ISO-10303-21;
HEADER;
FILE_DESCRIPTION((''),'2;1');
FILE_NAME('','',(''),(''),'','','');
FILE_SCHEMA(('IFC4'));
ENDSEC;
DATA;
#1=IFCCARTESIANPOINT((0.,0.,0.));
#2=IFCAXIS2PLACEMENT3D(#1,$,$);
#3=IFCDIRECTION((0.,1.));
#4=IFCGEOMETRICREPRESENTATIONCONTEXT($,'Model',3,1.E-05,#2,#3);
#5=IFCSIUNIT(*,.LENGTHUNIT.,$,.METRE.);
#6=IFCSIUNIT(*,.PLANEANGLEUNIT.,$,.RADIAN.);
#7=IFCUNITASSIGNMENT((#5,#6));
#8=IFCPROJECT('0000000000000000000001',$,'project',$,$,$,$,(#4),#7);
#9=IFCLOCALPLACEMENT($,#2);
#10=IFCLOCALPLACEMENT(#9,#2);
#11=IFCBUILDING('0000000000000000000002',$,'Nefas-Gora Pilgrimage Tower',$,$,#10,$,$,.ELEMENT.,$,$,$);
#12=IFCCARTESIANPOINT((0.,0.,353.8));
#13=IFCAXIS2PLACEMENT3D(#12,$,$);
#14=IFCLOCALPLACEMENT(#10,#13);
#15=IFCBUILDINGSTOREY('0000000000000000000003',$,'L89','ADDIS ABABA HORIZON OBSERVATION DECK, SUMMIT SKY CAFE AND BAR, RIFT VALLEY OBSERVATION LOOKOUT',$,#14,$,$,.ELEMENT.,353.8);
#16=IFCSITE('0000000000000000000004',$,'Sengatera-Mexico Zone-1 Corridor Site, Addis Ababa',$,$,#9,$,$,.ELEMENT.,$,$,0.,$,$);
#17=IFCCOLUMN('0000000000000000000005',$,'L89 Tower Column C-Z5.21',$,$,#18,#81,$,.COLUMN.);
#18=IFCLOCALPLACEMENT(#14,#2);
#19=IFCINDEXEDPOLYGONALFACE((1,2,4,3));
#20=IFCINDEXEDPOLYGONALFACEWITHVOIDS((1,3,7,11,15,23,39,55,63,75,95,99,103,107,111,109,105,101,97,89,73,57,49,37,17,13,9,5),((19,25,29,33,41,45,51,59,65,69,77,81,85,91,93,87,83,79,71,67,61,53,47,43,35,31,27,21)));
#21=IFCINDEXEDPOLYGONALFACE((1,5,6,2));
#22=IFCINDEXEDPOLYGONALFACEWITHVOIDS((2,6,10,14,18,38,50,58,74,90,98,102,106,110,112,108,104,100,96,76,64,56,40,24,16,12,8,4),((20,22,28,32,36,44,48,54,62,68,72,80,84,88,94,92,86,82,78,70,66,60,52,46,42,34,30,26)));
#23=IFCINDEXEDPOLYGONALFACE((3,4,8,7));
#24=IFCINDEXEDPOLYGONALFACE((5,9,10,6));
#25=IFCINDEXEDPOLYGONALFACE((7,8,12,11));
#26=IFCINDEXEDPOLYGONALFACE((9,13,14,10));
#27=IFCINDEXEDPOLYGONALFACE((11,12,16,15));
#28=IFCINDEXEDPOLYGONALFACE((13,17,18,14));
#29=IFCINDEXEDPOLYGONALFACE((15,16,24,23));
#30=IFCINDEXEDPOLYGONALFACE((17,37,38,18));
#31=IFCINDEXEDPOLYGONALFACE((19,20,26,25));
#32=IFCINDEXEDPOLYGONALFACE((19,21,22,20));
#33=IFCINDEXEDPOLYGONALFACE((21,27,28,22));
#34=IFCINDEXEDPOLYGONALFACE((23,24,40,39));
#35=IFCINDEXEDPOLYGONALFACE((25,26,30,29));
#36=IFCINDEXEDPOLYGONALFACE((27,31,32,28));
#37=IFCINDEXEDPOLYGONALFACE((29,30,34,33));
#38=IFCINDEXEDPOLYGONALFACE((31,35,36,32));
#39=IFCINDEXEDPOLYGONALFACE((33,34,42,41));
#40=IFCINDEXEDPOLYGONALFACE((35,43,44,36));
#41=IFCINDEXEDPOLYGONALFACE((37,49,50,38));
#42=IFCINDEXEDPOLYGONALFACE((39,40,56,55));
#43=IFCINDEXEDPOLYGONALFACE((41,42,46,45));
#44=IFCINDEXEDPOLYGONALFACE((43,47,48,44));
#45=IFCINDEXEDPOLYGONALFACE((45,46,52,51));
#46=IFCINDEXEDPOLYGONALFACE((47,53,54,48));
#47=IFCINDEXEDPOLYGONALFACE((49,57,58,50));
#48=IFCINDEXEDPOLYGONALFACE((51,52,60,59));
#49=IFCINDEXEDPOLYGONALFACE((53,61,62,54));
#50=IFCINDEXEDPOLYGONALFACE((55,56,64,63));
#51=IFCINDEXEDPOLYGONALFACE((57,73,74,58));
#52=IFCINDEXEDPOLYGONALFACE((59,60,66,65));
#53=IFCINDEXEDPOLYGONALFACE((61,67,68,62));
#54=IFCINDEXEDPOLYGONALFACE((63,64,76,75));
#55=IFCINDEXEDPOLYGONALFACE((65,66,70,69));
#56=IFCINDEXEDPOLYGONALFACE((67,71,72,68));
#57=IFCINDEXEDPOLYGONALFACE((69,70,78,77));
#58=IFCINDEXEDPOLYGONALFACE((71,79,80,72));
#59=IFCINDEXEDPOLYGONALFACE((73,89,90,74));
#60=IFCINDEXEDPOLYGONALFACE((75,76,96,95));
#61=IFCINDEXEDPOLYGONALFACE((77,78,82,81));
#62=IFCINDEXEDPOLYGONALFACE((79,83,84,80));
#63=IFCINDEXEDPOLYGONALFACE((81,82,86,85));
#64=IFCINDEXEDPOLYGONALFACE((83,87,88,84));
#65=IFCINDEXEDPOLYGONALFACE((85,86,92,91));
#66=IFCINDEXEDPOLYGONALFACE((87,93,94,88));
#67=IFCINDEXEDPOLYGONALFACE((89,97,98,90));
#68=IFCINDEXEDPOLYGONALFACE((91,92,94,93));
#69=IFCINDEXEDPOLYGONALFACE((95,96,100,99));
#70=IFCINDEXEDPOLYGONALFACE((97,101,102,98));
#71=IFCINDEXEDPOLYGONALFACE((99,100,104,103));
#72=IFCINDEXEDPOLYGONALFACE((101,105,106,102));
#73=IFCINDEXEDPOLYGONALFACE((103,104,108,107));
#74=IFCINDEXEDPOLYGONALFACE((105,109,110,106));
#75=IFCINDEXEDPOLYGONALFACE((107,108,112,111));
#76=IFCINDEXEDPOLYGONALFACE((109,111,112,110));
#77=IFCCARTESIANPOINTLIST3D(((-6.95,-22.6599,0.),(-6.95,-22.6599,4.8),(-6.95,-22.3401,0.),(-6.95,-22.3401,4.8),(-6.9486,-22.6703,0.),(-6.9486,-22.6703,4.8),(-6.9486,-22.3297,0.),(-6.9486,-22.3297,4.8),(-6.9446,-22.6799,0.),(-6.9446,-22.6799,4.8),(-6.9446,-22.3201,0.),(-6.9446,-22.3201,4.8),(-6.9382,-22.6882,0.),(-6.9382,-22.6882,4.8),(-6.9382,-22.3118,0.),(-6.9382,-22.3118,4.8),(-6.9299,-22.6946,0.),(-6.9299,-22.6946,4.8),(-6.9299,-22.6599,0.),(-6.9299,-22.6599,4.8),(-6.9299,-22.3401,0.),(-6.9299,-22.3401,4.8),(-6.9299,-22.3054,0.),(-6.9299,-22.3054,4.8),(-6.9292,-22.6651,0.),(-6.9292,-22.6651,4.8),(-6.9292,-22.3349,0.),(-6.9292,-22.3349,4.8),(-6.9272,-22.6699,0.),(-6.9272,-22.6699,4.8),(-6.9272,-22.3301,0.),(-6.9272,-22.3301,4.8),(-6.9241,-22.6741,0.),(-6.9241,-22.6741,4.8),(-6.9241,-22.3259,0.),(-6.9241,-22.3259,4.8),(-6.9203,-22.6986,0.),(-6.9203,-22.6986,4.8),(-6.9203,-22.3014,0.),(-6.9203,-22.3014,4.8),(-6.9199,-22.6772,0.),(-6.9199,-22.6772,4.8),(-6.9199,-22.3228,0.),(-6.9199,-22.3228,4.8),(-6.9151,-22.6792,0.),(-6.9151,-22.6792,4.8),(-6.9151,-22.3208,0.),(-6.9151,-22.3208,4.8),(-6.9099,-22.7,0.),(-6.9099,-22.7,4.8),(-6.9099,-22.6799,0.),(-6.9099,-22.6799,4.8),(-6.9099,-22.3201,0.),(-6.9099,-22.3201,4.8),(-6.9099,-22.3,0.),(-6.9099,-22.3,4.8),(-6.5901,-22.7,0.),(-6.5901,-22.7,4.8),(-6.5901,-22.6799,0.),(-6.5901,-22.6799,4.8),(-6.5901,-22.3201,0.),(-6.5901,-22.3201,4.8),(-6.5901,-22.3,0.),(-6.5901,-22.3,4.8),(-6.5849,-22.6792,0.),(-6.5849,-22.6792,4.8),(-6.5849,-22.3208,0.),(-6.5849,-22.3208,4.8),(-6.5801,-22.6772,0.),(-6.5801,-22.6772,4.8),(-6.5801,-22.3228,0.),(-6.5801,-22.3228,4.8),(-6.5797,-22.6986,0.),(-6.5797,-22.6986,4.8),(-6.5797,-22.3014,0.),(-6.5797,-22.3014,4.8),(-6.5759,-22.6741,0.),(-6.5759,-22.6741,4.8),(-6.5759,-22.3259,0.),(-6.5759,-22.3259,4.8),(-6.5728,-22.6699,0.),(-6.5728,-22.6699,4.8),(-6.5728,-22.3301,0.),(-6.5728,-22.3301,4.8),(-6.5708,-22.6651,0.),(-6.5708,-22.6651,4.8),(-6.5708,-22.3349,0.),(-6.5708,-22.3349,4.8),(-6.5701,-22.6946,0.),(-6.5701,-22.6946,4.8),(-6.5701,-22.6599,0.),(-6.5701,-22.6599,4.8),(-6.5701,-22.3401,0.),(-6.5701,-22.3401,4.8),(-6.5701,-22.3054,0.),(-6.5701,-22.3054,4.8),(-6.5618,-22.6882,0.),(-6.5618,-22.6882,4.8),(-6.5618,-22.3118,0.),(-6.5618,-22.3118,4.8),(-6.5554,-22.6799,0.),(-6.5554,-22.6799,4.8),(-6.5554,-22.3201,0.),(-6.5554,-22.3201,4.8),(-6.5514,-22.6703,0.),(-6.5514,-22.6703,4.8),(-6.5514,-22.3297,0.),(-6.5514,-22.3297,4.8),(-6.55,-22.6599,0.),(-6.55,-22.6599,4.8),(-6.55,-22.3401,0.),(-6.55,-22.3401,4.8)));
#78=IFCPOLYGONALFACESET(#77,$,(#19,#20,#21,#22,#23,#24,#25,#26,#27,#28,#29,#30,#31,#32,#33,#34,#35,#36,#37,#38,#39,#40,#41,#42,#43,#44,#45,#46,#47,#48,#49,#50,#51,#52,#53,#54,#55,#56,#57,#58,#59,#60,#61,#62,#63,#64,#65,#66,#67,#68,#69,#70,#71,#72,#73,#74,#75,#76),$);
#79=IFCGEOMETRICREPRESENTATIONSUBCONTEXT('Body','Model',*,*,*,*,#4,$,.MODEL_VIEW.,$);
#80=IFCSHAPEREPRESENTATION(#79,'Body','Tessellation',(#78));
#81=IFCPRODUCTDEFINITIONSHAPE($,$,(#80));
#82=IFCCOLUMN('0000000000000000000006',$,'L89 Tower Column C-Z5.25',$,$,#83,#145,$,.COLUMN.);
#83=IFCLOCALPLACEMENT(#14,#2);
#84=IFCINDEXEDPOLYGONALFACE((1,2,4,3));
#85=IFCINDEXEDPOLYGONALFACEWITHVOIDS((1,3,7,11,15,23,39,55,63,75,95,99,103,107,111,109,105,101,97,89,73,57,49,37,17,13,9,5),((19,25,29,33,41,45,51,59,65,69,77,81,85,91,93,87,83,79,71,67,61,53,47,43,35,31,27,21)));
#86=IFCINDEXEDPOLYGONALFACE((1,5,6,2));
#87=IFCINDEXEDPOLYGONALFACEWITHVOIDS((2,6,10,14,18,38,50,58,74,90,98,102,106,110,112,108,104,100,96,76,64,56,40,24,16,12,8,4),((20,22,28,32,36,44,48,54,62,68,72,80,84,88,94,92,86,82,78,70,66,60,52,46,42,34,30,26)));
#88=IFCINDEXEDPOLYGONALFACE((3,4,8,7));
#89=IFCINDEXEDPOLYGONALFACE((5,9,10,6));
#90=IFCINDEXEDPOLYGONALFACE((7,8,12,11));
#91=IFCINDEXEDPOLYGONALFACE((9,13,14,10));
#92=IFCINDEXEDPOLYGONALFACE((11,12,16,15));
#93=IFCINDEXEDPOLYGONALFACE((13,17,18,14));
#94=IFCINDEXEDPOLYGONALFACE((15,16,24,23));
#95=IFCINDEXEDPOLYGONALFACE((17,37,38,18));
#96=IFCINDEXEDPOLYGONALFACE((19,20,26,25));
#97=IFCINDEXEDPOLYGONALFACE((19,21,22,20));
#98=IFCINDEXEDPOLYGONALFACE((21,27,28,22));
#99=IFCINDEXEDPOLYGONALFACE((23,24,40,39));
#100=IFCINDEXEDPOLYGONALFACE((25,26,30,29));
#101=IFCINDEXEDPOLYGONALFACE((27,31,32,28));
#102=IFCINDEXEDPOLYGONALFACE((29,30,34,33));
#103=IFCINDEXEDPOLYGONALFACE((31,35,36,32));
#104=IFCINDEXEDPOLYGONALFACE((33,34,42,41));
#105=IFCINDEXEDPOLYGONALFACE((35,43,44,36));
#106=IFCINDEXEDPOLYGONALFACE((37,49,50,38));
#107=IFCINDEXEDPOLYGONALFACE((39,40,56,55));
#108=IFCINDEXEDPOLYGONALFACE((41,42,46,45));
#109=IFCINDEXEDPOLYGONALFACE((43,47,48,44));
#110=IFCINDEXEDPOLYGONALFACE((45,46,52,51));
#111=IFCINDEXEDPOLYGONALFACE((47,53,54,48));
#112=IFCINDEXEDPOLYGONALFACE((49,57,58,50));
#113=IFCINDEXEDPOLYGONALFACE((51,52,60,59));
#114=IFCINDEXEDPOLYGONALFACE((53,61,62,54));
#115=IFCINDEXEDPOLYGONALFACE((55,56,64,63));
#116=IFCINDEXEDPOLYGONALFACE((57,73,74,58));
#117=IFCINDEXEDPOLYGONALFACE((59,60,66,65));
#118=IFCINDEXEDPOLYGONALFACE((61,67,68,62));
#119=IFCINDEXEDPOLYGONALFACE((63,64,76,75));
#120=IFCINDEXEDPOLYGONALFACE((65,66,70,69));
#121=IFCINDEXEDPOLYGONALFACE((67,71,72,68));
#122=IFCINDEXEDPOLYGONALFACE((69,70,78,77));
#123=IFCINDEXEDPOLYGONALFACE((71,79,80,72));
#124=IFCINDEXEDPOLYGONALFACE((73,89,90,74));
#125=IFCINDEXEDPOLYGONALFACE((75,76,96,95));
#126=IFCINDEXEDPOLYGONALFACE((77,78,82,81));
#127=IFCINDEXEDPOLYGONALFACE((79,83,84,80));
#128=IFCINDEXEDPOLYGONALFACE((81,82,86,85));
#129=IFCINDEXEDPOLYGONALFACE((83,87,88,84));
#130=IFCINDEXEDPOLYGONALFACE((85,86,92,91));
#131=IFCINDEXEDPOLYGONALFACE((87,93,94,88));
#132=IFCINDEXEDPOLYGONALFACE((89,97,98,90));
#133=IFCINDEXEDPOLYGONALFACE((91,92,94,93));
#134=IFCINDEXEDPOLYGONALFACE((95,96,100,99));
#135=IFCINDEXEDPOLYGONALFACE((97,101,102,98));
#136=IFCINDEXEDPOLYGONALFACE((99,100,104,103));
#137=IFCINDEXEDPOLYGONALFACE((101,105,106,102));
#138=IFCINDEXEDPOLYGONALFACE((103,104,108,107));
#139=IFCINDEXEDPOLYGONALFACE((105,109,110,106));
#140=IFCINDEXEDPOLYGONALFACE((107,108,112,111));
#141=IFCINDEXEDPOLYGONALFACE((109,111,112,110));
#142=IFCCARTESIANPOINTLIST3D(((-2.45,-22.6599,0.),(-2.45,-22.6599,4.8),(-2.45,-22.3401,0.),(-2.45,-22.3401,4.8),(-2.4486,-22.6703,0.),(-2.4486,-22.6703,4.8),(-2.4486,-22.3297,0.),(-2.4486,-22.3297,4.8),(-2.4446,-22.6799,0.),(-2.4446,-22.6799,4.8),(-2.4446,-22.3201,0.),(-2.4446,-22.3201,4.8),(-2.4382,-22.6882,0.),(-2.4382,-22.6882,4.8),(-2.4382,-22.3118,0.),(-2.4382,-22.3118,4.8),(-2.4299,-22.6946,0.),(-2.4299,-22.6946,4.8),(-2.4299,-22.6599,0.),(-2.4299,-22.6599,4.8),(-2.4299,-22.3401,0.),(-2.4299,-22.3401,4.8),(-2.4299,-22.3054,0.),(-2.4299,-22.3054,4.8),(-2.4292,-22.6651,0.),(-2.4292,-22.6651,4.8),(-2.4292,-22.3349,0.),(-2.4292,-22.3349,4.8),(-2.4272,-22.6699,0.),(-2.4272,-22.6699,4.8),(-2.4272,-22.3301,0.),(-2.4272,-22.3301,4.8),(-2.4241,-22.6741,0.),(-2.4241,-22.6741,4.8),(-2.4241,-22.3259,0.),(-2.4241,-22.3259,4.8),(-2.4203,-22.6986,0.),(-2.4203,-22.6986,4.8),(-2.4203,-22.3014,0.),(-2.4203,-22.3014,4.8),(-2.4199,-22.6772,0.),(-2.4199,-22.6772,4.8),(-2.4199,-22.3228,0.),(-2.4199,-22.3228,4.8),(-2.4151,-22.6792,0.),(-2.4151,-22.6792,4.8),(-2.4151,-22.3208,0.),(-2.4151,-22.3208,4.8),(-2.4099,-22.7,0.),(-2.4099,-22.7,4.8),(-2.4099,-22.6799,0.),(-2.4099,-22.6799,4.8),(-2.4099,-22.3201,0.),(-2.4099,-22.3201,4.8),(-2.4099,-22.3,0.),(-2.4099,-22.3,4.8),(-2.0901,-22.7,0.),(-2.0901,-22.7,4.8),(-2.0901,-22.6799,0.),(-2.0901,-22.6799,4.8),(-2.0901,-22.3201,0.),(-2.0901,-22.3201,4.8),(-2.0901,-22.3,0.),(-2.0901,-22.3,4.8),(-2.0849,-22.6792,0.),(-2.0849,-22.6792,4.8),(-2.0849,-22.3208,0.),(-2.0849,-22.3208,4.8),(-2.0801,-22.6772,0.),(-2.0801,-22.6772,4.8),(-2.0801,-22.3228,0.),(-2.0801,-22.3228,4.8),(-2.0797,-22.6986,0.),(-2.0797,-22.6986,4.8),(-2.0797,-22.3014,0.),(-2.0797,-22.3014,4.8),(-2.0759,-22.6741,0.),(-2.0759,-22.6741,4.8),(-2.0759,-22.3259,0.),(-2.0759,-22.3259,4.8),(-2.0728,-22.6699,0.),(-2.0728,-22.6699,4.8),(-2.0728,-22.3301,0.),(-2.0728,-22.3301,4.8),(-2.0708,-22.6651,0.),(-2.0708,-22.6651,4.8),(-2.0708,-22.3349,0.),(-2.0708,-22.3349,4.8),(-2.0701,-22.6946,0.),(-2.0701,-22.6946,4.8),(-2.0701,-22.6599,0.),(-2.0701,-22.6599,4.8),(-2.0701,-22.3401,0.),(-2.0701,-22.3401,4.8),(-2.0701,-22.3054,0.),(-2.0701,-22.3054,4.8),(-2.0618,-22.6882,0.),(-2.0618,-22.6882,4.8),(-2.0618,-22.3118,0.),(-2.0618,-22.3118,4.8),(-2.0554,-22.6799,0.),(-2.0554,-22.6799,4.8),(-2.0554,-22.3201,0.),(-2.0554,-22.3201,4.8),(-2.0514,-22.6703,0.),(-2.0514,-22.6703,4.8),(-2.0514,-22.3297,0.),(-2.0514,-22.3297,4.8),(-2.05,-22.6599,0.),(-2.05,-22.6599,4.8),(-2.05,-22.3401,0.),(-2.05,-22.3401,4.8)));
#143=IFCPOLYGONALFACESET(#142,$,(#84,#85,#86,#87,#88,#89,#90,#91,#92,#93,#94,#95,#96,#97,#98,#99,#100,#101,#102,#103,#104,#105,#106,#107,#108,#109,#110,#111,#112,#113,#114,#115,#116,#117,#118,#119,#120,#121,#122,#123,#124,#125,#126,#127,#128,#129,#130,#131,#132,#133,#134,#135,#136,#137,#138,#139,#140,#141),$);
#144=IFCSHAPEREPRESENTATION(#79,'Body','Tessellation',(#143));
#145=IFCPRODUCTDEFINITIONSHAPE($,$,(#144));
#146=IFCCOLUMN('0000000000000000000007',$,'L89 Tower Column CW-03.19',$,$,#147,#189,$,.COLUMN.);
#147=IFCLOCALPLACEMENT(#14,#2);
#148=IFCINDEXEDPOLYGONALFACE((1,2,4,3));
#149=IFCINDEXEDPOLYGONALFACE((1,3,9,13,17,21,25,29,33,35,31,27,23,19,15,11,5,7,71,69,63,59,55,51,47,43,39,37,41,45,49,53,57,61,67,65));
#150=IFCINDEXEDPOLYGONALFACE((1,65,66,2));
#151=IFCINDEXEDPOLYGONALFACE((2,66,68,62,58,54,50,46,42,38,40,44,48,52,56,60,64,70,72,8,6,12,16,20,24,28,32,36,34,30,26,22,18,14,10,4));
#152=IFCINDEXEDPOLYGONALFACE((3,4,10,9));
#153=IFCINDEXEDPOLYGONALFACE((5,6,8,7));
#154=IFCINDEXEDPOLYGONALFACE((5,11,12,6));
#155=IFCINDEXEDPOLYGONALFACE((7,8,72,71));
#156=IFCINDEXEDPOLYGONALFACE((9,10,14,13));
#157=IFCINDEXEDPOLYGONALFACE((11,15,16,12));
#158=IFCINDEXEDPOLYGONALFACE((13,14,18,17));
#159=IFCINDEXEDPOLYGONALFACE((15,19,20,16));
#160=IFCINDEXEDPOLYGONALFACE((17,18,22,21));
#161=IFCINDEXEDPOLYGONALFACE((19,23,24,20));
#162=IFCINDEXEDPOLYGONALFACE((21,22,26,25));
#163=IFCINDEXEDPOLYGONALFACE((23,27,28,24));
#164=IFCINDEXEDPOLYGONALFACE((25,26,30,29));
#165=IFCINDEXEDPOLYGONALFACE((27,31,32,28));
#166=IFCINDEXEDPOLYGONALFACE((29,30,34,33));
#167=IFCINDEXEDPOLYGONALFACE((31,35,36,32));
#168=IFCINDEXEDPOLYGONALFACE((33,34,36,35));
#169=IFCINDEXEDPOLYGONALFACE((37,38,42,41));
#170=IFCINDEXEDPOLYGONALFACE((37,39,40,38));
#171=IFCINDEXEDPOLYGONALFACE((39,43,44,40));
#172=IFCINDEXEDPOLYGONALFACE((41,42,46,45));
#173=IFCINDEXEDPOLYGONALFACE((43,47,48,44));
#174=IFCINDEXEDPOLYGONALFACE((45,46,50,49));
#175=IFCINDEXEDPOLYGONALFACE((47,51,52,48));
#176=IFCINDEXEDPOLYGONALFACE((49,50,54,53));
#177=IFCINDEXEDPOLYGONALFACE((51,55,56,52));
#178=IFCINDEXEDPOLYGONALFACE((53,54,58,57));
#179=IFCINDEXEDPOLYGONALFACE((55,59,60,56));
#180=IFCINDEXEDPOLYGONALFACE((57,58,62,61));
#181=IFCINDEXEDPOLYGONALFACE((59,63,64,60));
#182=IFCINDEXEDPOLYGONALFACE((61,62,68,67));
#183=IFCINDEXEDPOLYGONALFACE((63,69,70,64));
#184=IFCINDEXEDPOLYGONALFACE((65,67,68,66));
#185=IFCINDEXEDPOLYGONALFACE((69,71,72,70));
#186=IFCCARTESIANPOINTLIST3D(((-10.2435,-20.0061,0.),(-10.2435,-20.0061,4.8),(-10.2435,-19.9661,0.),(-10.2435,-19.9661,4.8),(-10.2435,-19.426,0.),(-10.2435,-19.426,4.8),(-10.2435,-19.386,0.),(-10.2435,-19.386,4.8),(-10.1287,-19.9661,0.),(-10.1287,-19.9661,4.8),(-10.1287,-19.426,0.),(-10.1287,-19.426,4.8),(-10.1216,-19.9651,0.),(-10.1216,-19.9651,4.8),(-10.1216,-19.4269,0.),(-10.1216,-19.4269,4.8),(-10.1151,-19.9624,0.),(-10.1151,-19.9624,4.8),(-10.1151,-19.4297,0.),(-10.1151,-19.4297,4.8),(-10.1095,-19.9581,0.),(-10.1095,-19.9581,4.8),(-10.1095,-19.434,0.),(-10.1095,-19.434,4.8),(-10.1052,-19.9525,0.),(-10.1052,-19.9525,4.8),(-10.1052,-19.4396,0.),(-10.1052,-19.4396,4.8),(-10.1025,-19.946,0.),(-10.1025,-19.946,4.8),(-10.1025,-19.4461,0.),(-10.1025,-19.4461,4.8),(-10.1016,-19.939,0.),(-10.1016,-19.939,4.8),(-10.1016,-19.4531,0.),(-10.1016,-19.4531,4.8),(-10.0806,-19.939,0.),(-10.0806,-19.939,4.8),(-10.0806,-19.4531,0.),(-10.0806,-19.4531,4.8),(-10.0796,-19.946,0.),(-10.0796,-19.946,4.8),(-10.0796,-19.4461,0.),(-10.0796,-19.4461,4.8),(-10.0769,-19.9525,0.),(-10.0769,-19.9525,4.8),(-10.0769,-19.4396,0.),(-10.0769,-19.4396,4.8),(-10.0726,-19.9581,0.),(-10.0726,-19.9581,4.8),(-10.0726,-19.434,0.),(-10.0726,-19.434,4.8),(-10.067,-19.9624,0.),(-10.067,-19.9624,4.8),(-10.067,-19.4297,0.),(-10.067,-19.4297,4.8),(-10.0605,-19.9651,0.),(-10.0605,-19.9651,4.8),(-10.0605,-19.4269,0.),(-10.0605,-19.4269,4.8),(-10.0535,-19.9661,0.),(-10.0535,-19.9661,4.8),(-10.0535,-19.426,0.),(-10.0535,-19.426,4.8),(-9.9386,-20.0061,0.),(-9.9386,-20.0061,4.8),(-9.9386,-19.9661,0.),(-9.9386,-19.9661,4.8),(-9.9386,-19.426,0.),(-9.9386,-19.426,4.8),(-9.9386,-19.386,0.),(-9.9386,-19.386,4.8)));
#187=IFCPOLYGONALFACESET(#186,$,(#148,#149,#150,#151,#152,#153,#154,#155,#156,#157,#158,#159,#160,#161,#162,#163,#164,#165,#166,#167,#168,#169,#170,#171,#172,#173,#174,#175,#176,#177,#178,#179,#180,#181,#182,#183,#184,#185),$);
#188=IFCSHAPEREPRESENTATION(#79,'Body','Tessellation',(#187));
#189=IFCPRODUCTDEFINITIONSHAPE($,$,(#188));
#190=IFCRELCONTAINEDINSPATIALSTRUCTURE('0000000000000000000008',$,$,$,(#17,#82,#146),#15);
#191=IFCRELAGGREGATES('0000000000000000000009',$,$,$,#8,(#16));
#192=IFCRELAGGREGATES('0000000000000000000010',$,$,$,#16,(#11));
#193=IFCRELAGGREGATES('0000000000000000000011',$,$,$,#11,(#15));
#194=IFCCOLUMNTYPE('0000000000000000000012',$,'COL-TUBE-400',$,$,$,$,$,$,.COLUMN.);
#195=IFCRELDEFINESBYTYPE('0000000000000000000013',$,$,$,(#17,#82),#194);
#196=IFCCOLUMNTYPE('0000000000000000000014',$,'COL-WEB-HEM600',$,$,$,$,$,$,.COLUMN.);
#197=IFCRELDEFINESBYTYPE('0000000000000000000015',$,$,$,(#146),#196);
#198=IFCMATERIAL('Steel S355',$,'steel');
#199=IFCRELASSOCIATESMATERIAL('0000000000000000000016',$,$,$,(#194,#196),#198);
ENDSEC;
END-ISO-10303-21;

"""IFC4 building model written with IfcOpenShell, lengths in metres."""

from ifc_helpers import new_model, si_unit, direction, frame, origin, origin_2d, place, context, subcontext, project, spatial, hollow_rectangle, i_section, extrude, source, transform, mapped, material, material_profile, profile_set, type_object, element, save


model = new_model("IFC4")

# Units and contexts
model_context = context("Model", 3, precision=1e-05, world=origin(), true_north=direction((0.0, 1.0)))
body_context = subcontext(model_context, "Body", "Model", "MODEL_VIEW")
ifc_project = project(units=[si_unit("LENGTHUNIT", "METRE"), si_unit("PLANEANGLEUNIT", "RADIAN")], contexts=[model_context])

# Site, building, storey
site_placement = place(None, origin())
site = spatial("IfcSite", under=ifc_project, at=site_placement, Name="Sengatera-Mexico Zone-1 Corridor Site, Addis Ababa", CompositionType="ELEMENT", RefElevation=0.0)
building_placement = place(site_placement, origin())
building = spatial("IfcBuilding", under=site, at=building_placement, Name="Nefas-Gora Pilgrimage Tower", CompositionType="ELEMENT")
storey_placement = place(building_placement, frame((0.0, 0.0, 353.8)))
storey = spatial("IfcBuildingStorey", under=building, at=storey_placement, Name="L89", Description="ADDIS ABABA HORIZON OBSERVATION DECK, SUMMIT SKY CAFE AND BAR, RIFT VALLEY OBSERVATION LOOKOUT", CompositionType="ELEMENT", Elevation=353.8)

# Columns
ifc_material_1 = material(Name="Steel S355", Category="steel")
ifc_material_profile_1 = material_profile(ifc_material_1, hollow_rectangle(XDim=0.3999, YDim=0.3999, WallThickness=0.02, InnerFilletRadius=0.02, OuterFilletRadius=0.04, at=origin_2d()), Name="SHS 400x400x20")
ifc_profile_set_1 = profile_set([ifc_material_profile_1], Name="Steel S355")
column_type_1 = type_object("IfcColumnType", Name="COL-TUBE-400", PredefinedType="COLUMN", material=ifc_profile_set_1)
shared_shape_1 = source(origin(), body_context, "Body", "SweptSolid", [
    extrude(hollow_rectangle(XDim=0.3999, YDim=0.3999, WallThickness=0.02, InnerFilletRadius=0.02, OuterFilletRadius=0.04, at=origin_2d()), origin(), (0.0, 0.0, 1.0), 4.8),
])
for number, where, z_axis, x_axis, name in (
    (1, (-6.75, -22.5, 0.0), (0.0, 0.0, 1.0), (1.0, 0.0, 0.0), "L89 Tower Column C-Z5.21"),
    (2, (-2.25, -22.5, 0.0), (0.0, 0.0, 1.0), (1.0, 0.0, 0.0), "L89 Tower Column C-Z5.25"),
):
    element("IfcColumn", number, at=place(storey_placement, frame(where, z_axis=z_axis, x_axis=x_axis)), inside=storey, type_object=column_type_1, Name=name, PredefinedType="COLUMN", context=body_context, shape_type="MappedRepresentation", body=[
        mapped(shared_shape_1, transform((0.0, 0.0, 0.0), x_axis=(1.0, 0.0, 0.0), y_axis=(0.0, 1.0, 0.0), z_axis=(0.0, 0.0, 1.0), scale=1.0)),
    ])
ifc_material_profile_2 = material_profile(ifc_material_1, i_section(OverallWidth=0.3049, OverallDepth=0.6201, WebThickness=0.021, FlangeThickness=0.04, FilletRadius=0.0271, at=origin_2d()), Name="HEM 600")
ifc_profile_set_2 = profile_set([ifc_material_profile_2], Name="Steel S355")
column_type_2 = type_object("IfcColumnType", Name="COL-WEB-HEM600", PredefinedType="COLUMN", material=ifc_profile_set_2)
shared_shape_2 = source(origin(), body_context, "Body", "SweptSolid", [
    extrude(i_section(OverallWidth=0.3049, OverallDepth=0.6201, WebThickness=0.021, FlangeThickness=0.04, FilletRadius=0.0271, at=origin_2d()), origin(), (0.0, 0.0, 1.0), 4.8),
])
for number, where, z_axis, x_axis, name in (
    (3, (-10.0911, -19.696, 0.0), (0.0, 0.0, 1.0), (1.0, 0.0, 0.0), "L89 Tower Column CW-03.19"),
):
    element("IfcColumn", number, at=place(storey_placement, frame(where, z_axis=z_axis, x_axis=x_axis)), inside=storey, type_object=column_type_2, Name=name, PredefinedType="COLUMN", context=body_context, shape_type="MappedRepresentation", body=[
        mapped(shared_shape_2, transform((0.0, 0.0, 0.0), x_axis=(1.0, 0.0, 0.0), y_axis=(0.0, 1.0, 0.0), z_axis=(0.0, 0.0, 1.0), scale=1.0)),
    ])

save(model, "model.ifc")
